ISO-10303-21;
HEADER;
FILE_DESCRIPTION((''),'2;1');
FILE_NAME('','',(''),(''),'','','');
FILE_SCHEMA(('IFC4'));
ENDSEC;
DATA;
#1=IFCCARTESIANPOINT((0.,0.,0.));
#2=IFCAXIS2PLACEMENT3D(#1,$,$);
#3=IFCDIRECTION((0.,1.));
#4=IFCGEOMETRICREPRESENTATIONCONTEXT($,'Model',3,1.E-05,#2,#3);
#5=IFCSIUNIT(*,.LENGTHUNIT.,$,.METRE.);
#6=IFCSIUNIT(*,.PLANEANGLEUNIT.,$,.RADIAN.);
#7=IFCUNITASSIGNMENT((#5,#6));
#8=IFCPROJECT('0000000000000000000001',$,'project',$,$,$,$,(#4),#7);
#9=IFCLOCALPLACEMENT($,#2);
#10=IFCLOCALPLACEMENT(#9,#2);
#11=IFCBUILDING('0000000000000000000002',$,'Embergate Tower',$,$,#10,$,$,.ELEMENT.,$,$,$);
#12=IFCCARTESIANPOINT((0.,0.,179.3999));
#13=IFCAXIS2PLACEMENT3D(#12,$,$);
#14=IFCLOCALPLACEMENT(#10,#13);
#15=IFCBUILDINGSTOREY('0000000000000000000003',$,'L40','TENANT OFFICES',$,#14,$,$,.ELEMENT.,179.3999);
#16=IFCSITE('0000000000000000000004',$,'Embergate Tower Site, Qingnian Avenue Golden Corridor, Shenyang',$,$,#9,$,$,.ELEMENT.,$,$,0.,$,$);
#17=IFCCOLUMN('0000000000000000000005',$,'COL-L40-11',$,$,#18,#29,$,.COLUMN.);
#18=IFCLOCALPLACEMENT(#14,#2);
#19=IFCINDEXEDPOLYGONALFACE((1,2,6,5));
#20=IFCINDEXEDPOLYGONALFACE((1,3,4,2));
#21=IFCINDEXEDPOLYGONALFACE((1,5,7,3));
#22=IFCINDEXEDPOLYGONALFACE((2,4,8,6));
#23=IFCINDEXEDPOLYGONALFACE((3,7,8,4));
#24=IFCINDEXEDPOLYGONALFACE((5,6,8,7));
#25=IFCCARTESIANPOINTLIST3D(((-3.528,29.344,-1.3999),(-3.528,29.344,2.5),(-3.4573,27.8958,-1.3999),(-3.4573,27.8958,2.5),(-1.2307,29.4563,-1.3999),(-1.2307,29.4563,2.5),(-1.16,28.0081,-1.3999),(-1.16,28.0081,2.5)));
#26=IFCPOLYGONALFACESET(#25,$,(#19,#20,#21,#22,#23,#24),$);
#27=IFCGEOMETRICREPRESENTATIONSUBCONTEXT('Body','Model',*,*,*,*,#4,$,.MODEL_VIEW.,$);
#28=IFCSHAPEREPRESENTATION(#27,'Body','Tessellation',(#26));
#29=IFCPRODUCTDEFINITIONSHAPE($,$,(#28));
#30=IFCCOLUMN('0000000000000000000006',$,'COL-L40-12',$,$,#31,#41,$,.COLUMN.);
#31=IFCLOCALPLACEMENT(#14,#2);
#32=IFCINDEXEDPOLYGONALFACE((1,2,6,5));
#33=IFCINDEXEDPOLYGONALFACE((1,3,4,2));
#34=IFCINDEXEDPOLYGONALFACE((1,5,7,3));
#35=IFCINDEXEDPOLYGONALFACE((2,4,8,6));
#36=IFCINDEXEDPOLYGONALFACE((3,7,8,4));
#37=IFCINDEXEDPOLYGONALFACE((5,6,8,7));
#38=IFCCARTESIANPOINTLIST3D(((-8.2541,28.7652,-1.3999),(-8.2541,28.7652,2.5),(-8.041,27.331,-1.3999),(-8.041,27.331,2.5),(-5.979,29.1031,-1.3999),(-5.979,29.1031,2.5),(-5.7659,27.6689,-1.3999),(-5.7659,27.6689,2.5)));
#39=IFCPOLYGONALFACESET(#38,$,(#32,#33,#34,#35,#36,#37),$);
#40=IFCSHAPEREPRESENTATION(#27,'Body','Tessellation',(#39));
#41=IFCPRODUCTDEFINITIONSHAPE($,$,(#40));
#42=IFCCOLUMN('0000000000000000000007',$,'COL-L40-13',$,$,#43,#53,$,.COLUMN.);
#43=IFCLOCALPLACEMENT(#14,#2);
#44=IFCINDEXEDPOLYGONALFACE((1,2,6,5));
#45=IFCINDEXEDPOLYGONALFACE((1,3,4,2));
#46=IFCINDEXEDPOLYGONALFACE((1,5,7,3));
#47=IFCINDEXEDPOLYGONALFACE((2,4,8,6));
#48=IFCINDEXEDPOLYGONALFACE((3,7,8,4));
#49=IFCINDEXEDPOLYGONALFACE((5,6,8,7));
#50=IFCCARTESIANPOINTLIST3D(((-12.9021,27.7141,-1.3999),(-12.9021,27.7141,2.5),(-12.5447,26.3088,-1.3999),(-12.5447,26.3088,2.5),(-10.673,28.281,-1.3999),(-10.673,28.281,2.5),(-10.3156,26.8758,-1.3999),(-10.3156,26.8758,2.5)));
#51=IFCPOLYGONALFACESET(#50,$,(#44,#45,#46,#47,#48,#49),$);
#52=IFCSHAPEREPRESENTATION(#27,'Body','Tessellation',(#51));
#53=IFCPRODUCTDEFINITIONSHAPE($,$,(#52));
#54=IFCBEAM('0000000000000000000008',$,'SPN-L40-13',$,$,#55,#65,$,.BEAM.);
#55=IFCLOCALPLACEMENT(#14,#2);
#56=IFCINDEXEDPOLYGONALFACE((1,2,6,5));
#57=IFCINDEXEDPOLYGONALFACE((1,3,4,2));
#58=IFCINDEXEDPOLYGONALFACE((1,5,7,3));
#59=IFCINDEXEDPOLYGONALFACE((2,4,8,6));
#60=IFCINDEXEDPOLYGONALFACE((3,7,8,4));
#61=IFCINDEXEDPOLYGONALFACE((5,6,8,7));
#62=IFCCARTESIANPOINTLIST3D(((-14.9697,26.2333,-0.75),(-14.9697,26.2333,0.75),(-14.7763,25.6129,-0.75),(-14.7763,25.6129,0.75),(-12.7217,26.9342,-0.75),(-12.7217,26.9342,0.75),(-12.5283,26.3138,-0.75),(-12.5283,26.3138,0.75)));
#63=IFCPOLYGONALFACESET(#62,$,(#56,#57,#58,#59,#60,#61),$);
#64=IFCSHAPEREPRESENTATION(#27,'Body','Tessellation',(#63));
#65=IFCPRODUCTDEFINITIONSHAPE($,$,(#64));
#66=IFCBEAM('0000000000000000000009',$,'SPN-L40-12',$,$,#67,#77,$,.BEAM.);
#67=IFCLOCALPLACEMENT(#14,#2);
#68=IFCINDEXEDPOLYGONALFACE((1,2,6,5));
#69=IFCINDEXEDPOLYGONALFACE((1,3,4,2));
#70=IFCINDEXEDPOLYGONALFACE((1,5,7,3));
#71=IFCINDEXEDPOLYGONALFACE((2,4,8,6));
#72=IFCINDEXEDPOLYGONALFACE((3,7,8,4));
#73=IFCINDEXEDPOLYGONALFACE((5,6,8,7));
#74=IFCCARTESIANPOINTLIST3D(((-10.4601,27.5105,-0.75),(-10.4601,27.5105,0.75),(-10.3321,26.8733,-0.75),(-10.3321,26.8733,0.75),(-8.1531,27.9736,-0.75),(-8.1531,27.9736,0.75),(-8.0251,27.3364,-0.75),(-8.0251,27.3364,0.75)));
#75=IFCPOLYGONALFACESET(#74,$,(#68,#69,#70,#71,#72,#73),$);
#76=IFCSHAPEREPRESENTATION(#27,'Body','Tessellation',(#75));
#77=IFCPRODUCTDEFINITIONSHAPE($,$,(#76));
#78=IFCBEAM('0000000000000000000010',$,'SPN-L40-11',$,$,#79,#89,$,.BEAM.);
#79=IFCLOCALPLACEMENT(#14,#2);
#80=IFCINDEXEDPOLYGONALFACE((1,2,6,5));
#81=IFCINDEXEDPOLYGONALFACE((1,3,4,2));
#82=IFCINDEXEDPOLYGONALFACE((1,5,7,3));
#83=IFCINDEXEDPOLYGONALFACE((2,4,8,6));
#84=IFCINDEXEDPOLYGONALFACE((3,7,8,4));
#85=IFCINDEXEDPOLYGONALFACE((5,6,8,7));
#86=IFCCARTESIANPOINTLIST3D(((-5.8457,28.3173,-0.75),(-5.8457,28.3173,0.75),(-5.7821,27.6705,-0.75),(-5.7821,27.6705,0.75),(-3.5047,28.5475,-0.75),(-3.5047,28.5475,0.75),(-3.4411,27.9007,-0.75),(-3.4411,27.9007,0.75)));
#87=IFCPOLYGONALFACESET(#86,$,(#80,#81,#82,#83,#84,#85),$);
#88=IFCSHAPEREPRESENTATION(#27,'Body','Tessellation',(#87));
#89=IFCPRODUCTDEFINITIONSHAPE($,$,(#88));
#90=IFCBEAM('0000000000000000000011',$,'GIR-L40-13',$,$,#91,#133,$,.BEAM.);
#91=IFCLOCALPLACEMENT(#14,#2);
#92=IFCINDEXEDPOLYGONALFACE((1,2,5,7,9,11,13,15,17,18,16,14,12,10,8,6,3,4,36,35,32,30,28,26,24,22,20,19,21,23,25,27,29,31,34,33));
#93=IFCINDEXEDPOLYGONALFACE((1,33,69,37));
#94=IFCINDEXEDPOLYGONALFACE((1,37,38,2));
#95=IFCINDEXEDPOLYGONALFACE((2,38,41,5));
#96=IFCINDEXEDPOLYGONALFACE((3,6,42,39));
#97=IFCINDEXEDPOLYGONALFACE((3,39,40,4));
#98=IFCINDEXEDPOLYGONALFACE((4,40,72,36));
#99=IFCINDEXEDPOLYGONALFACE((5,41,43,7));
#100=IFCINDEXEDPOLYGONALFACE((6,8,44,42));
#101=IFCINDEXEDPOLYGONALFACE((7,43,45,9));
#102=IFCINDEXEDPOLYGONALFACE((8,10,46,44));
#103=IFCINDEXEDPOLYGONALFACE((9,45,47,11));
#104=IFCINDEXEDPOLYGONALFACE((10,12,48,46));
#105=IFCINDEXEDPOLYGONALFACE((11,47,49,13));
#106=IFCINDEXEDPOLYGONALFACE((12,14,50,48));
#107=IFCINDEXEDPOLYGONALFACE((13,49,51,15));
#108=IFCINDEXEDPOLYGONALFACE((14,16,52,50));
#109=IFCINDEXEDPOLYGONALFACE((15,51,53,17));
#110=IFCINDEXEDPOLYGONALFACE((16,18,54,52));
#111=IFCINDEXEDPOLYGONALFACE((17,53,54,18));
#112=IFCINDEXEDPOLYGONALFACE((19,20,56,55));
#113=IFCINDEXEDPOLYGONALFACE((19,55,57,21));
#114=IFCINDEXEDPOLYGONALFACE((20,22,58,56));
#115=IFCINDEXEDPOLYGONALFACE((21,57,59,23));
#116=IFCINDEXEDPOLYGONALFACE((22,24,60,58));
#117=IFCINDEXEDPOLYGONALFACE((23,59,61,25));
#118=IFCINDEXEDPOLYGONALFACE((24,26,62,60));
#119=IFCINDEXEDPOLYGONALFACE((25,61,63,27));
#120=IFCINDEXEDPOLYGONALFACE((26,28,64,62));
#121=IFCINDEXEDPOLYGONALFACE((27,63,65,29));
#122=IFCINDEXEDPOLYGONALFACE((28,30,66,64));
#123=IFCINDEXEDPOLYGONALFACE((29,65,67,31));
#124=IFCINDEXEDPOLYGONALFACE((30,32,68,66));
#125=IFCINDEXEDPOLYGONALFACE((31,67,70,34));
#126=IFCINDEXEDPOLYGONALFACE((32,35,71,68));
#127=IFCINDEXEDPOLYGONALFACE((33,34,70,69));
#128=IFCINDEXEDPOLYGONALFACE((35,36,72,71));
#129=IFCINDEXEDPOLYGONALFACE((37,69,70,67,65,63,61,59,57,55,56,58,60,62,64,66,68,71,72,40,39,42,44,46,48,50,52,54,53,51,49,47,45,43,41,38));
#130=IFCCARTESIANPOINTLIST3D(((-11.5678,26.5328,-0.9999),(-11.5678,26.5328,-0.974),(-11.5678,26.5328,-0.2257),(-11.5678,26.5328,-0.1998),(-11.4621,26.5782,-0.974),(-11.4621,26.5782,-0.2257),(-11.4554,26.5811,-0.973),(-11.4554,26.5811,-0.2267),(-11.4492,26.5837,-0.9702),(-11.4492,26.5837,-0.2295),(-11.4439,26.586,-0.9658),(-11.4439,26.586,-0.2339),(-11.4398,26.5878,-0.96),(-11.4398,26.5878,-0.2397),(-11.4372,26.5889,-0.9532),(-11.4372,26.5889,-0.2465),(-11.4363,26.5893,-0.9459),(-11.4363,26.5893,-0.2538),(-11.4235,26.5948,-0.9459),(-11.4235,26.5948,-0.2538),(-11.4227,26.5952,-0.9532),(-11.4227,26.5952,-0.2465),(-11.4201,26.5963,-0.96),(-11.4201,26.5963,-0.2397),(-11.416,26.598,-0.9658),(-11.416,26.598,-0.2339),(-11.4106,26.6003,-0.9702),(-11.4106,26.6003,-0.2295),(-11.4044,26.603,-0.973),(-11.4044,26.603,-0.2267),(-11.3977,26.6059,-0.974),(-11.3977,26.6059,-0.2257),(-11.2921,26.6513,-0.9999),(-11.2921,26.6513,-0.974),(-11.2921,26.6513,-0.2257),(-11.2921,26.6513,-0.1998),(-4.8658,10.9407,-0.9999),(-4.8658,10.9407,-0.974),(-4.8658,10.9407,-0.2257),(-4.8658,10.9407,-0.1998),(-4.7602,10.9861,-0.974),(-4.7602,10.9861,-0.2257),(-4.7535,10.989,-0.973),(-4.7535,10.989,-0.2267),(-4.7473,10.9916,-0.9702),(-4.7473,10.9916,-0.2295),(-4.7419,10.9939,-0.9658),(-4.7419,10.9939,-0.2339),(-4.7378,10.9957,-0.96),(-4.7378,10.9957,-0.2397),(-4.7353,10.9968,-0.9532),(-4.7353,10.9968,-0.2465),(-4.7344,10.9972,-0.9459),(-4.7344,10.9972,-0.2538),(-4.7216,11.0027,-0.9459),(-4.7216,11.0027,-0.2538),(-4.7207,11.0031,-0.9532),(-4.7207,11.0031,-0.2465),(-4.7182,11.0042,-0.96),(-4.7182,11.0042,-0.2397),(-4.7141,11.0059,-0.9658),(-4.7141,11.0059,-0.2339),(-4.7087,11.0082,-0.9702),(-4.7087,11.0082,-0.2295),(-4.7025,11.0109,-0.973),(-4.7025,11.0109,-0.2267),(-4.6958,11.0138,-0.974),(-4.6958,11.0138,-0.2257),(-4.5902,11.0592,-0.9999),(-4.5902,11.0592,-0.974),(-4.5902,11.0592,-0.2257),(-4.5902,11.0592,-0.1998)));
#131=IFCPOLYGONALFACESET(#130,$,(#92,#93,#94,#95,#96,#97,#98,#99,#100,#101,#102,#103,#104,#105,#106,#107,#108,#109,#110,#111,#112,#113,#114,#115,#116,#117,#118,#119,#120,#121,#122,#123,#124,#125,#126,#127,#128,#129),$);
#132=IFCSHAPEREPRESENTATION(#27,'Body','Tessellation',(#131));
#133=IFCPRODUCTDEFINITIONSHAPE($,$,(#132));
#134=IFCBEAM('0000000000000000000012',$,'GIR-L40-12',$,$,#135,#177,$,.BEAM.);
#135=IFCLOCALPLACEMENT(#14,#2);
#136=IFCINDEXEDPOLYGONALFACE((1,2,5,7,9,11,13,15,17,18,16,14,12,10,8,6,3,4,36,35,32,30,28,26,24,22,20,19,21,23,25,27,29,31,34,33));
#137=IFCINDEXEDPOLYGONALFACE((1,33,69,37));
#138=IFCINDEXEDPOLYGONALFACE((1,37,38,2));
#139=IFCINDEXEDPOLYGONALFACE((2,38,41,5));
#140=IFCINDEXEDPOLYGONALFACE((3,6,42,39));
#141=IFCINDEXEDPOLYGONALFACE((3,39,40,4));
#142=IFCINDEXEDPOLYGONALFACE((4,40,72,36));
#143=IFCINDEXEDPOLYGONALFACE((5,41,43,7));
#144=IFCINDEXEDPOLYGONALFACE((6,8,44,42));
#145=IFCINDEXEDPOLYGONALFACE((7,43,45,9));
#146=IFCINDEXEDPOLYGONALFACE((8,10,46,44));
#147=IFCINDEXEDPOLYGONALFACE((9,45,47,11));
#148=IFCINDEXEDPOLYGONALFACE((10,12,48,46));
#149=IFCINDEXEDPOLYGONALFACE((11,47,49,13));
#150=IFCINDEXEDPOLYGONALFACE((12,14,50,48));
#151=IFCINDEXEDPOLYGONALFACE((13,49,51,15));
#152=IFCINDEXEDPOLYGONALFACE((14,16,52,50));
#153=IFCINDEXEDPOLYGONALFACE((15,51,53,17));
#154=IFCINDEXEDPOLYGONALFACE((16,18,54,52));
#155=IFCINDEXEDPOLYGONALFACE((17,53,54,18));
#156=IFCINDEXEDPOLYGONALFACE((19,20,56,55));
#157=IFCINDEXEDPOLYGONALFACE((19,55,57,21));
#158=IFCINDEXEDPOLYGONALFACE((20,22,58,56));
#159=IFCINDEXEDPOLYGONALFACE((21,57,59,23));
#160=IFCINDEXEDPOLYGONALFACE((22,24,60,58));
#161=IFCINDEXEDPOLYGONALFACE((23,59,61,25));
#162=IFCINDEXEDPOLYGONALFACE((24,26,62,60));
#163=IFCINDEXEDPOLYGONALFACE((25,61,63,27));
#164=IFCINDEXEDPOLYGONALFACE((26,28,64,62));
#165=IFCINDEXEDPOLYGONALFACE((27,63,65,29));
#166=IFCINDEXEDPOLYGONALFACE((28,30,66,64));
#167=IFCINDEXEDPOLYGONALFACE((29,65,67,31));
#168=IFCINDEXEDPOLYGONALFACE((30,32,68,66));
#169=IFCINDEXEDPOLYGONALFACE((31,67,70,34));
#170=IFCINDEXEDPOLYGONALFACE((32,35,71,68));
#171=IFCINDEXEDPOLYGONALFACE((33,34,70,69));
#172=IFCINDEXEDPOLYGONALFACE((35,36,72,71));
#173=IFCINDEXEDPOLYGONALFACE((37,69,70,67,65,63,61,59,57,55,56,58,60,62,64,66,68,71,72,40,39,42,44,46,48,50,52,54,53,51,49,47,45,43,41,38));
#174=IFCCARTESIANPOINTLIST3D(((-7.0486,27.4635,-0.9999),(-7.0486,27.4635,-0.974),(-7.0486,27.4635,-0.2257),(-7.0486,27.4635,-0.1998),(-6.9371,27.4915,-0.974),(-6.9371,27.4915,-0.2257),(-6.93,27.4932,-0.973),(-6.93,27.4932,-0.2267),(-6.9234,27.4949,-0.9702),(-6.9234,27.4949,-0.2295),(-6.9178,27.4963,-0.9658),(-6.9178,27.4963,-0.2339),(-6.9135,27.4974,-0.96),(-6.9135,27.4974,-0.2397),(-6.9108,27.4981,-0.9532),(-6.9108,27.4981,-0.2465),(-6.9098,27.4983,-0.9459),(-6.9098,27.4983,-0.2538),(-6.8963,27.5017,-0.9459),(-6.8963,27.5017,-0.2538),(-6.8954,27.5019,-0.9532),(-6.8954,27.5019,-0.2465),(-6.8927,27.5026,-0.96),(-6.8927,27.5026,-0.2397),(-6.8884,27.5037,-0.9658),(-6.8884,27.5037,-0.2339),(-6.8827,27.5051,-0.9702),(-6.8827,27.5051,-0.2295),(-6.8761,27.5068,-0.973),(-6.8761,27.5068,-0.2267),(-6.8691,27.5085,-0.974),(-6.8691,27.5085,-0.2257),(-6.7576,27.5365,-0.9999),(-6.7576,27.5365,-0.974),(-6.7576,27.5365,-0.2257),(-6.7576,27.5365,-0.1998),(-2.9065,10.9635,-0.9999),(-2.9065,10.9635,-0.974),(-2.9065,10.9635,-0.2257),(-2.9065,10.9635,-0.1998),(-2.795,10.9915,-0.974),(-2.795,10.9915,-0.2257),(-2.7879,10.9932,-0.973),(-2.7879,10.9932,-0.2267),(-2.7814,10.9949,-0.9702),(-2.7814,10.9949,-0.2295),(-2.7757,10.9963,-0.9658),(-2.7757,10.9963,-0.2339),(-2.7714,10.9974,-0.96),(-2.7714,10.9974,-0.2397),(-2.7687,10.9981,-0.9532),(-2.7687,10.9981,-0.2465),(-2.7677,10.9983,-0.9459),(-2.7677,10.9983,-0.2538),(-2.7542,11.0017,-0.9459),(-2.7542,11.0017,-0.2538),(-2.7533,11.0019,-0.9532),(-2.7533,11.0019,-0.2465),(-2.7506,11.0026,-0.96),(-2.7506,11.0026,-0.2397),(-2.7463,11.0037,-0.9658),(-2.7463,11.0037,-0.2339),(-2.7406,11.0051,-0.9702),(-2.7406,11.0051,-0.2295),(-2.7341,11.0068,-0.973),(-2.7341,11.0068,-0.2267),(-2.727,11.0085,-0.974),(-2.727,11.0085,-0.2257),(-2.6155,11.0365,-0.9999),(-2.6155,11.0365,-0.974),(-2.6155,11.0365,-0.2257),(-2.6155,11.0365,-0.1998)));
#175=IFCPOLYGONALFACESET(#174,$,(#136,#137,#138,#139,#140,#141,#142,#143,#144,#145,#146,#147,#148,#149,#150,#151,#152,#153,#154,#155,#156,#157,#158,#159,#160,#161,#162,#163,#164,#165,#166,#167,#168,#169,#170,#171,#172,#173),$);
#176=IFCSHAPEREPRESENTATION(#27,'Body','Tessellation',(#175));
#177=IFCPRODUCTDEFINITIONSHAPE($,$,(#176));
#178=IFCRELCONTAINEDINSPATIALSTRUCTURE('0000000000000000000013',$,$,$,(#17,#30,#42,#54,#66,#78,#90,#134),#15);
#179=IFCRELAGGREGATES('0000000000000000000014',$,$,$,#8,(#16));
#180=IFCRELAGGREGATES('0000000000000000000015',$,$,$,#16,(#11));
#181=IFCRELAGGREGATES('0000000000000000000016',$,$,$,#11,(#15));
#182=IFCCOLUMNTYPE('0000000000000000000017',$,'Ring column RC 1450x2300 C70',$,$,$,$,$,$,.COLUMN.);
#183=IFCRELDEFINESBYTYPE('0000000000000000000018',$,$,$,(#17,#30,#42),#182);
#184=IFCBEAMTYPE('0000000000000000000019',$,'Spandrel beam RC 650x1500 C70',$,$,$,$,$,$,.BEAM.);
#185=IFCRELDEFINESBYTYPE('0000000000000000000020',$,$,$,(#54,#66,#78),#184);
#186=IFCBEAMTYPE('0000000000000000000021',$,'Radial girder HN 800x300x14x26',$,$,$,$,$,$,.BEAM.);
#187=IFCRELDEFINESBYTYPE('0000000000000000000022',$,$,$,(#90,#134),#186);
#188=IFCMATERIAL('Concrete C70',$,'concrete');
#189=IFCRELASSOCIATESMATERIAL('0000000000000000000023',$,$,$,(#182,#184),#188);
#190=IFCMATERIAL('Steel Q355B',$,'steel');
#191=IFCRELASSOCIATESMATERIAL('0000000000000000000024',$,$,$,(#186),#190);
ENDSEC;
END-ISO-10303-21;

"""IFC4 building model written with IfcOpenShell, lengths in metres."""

from ifc_helpers import new_model, si_unit, direction, frame, origin, origin_2d, place, context, subcontext, project, spatial, rectangle, i_section, extrude, source, transform, mapped, material, material_profile, profile_set, type_object, element, save


model = new_model("IFC4")

# Units and contexts
model_context = context("Model", 3, precision=1e-05, world=origin(), true_north=direction((0.0, 1.0)))
body_context = subcontext(model_context, "Body", "Model", "MODEL_VIEW")
ifc_project = project(units=[si_unit("LENGTHUNIT", "METRE"), si_unit("PLANEANGLEUNIT", "RADIAN")], contexts=[model_context])

# Site, building, storey
site_placement = place(None, origin())
site = spatial("IfcSite", under=ifc_project, at=site_placement, Name="Embergate Tower Site, Qingnian Avenue Golden Corridor, Shenyang", CompositionType="ELEMENT", RefElevation=0.0)
building_placement = place(site_placement, origin())
building = spatial("IfcBuilding", under=site, at=building_placement, Name="Embergate Tower", CompositionType="ELEMENT")
storey_placement = place(building_placement, frame((0.0, 0.0, 179.3999)))
storey = spatial("IfcBuildingStorey", under=building, at=storey_placement, Name="L40", Description="TENANT OFFICES", CompositionType="ELEMENT", Elevation=179.3999)

# Columns
ifc_material_1 = material(Name="Concrete C70", Category="concrete")
ifc_material_profile_1 = material_profile(ifc_material_1, rectangle(XDim=1.45, YDim=2.3, at=origin_2d()), Name="RC 1450x2300")
ifc_profile_set_1 = profile_set([ifc_material_profile_1], Name="Concrete C70")
column_type = type_object("IfcColumnType", Name="Ring column RC 1450x2300 C70", PredefinedType="COLUMN", material=ifc_profile_set_1)
shared_shape_1 = source(origin(), body_context, "Body", "SweptSolid", [
    extrude(rectangle(XDim=1.45, YDim=2.3, at=origin_2d()), origin(), (0.0, 0.0, 1.0), 3.8999),
])
for number, where, z_axis, x_axis, name in (
    (1, (-2.344, 28.676, -1.3999), (0.0, 0.0, 1.0), (-0.048815, 0.998808, 0.0), "COL-L40-11"),
    (2, (-7.01, 28.217, -1.3999), (0.0, 0.0, 1.0), (-0.146929, 0.989147, 0.0), "COL-L40-12"),
    (3, (-11.6089, 27.2949, -1.3999), (0.0, 0.0, 1.0), (-0.246492, 0.969145, 0.0), "COL-L40-13"),
):
    element("IfcColumn", number, at=place(storey_placement, frame(where, z_axis=z_axis, x_axis=x_axis)), inside=storey, type_object=column_type, Name=name, PredefinedType="COLUMN", context=body_context, shape_type="MappedRepresentation", body=[
        mapped(shared_shape_1, transform((0.0, 0.0, 0.0))),
    ])

# Beams
ifc_material_profile_2 = material_profile(ifc_material_1, rectangle(XDim=0.6499, YDim=1.5, at=origin_2d()), Name="RC 650x1500")
ifc_profile_set_2 = profile_set([ifc_material_profile_2], Name="Concrete C70")
beam_type_1 = type_object("IfcBeamType", Name="Spandrel beam RC 650x1500 C70", PredefinedType="BEAM", material=ifc_profile_set_2)
shared_shape_2 = source(origin(), body_context, "Body", "SweptSolid", [
    extrude(rectangle(XDim=0.6499, YDim=1.5, at=origin_2d()), origin(), (0.0, 0.0, 1.0), 2.3547),
])
beam_1_placement = place(storey_placement, frame((-12.625, 26.624, 0.0), z_axis=(-0.954672, -0.297661, 0.0), x_axis=(0.297661, -0.954672, 0.0)))
element("IfcBeam", 4, at=beam_1_placement, inside=storey, type_object=beam_type_1, Name="SPN-L40-13", PredefinedType="BEAM", context=body_context, shape_type="MappedRepresentation", body=[
    mapped(shared_shape_2, transform((0.0, 0.0, 0.0))),
])
shared_shape_3 = source(origin(), body_context, "Body", "SweptSolid", [
    extrude(rectangle(XDim=0.6499, YDim=1.5, at=origin_2d()), origin(), (0.0, 0.0, 1.0), 2.353),
])
beam_2_placement = place(storey_placement, frame((-8.0891, 27.655, 0.0), z_axis=(-0.980437, -0.196834, 0.0), x_axis=(0.196834, -0.980437, 0.0)))
element("IfcBeam", 5, at=beam_2_placement, inside=storey, type_object=beam_type_1, Name="SPN-L40-12", PredefinedType="BEAM", context=body_context, shape_type="MappedRepresentation", body=[
    mapped(shared_shape_3, transform((0.0, 0.0, 0.0))),
])
shared_shape_4 = source(origin(), body_context, "Body", "SweptSolid", [
    extrude(rectangle(XDim=0.6499, YDim=1.5, at=origin_2d()), origin(), (0.0, 0.0, 1.0), 2.3523),
])
beam_3_placement = place(storey_placement, frame((-3.4729, 28.2241, 0.0), z_axis=(-0.995199, -0.09787, 0.0), x_axis=(0.09787, -0.995199, 0.0)))
element("IfcBeam", 6, at=beam_3_placement, inside=storey, type_object=beam_type_1, Name="SPN-L40-11", PredefinedType="BEAM", context=body_context, shape_type="MappedRepresentation", body=[
    mapped(shared_shape_4, transform((0.0, 0.0, 0.0))),
])
ifc_material_2 = material(Name="Steel Q355B", Category="steel")
ifc_material_profile_3 = material_profile(ifc_material_2, i_section(OverallWidth=0.3, OverallDepth=0.8, WebThickness=0.0139, FlangeThickness=0.0259, FilletRadius=0.0281, at=origin_2d()), Name="HN 800x300x14x26")
ifc_profile_set_3 = profile_set([ifc_material_profile_3], Name="Steel Q355 grade B")
beam_type_2 = type_object("IfcBeamType", Name="Radial girder HN 800x300x14x26", PredefinedType="BEAM", material=ifc_profile_set_3)
shared_shape_5 = source(origin(), body_context, "Body", "SweptSolid", [
    extrude(i_section(OverallWidth=0.3, OverallDepth=0.8, WebThickness=0.0139, FlangeThickness=0.0259, FilletRadius=0.0281, at=origin_2d()), origin(), (0.0, 0.0, 1.0), 16.9714),
])
beam_4_placement = place(storey_placement, frame((-11.4299, 26.592, -0.5999), z_axis=(0.394895, -0.918726, 0.0), x_axis=(0.918726, 0.394895, 0.0)))
element("IfcBeam", 7, at=beam_4_placement, inside=storey, type_object=beam_type_2, Name="GIR-L40-13", PredefinedType="BEAM", context=body_context, shape_type="MappedRepresentation", body=[
    mapped(shared_shape_5, transform((0.0, 0.0, 0.0))),
])
shared_shape_6 = source(origin(), body_context, "Body", "SweptSolid", [
    extrude(i_section(OverallWidth=0.3, OverallDepth=0.8, WebThickness=0.0139, FlangeThickness=0.0259, FilletRadius=0.0281, at=origin_2d()), origin(), (0.0, 0.0, 1.0), 17.012),
])
beam_5_placement = place(storey_placement, frame((-6.9031, 27.5, -0.5999), z_axis=(0.243481, -0.969906, 0.0), x_axis=(0.969906, 0.243481, 0.0)))
element("IfcBeam", 8, at=beam_5_placement, inside=storey, type_object=beam_type_2, Name="GIR-L40-12", PredefinedType="BEAM", context=body_context, shape_type="MappedRepresentation", body=[
    mapped(shared_shape_6, transform((0.0, 0.0, 0.0))),
])

save(model, "model.ifc")
